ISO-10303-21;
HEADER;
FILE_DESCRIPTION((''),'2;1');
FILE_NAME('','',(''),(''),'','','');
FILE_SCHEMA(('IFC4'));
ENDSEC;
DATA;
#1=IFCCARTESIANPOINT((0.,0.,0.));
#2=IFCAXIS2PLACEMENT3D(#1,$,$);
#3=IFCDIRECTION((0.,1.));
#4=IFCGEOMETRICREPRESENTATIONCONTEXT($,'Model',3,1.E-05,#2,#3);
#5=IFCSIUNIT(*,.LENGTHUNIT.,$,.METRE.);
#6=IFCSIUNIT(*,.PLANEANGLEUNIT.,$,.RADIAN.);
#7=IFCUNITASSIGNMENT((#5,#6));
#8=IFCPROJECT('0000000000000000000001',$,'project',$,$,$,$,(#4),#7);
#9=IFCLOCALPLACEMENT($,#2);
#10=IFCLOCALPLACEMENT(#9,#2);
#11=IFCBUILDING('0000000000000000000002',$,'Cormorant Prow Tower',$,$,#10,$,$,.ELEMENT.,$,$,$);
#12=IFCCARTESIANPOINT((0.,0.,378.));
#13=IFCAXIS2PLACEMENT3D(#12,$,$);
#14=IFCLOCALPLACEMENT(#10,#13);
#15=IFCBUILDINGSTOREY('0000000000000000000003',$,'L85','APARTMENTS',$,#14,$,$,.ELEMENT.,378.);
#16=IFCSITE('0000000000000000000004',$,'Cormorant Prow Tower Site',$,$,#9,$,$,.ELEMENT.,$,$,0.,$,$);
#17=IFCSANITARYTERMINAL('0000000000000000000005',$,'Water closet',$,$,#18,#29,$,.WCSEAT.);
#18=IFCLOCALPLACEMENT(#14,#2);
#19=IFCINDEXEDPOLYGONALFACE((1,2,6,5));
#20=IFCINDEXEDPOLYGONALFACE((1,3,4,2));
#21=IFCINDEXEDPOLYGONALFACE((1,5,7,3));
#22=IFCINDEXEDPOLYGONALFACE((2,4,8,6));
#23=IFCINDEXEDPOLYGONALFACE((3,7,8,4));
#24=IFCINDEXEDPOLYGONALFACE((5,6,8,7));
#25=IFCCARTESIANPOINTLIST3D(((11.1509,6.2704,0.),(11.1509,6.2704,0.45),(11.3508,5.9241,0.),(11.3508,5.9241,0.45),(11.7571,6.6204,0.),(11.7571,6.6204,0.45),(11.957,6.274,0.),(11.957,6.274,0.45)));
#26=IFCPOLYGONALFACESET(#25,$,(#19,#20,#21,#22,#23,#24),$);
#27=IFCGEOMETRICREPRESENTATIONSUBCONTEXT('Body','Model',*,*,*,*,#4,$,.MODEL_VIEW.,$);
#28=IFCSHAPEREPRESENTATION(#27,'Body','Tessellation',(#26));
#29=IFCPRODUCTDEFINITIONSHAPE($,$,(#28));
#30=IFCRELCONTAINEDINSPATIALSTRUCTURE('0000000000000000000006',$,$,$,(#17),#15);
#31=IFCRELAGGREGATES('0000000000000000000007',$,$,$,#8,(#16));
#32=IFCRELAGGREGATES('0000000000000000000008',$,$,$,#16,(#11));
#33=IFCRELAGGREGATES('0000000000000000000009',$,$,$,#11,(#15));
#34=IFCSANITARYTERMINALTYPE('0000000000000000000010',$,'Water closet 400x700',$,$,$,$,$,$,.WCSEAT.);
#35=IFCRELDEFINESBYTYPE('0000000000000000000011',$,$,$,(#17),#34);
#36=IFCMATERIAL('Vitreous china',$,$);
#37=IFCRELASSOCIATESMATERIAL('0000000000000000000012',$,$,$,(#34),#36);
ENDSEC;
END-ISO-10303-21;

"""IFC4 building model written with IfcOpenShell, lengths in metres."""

from ifc_helpers import new_model, si_unit, direction, frame, origin, origin_2d, place, context, subcontext, project, spatial, rectangle, extrude, material, type_object, element, save


model = new_model("IFC4")

# Units and contexts
model_context = context("Model", 3, precision=1e-05, world=origin(), true_north=direction((0.0, 1.0)))
body_context = subcontext(model_context, "Body", "Model", "MODEL_VIEW")
ifc_project = project(units=[si_unit("LENGTHUNIT", "METRE"), si_unit("PLANEANGLEUNIT", "RADIAN")], contexts=[model_context])

# Site, building, storey
site_placement = place(None, origin())
site = spatial("IfcSite", under=ifc_project, at=site_placement, Name="Cormorant Prow Tower Site", CompositionType="ELEMENT", RefElevation=0.0)
building_placement = place(site_placement, origin())
building = spatial("IfcBuilding", under=site, at=building_placement, Name="Cormorant Prow Tower", CompositionType="ELEMENT")
storey_placement = place(building_placement, frame((0.0, 0.0, 378.0)))
storey = spatial("IfcBuildingStorey", under=building, at=storey_placement, Name="L85", Description="APARTMENTS", CompositionType="ELEMENT", Elevation=378.0)

# Sanitary terminal
ifc_material_1 = material(Name="Vitreous china")
sanitary_terminal_type_1 = type_object("IfcSanitaryTerminalType", Name="Water closet 400x700", PredefinedType="WCSEAT", material=ifc_material_1)
for number, where, z_axis, x_axis, name in (
    (1, (11.554, 6.2722, 0.0), (0.0, 0.0, 1.0), (0.5, -0.866025, 0.0), "Water closet"),
):
    element("IfcSanitaryTerminal", number, at=place(storey_placement, frame(where, z_axis=z_axis, x_axis=x_axis)), inside=storey, type_object=sanitary_terminal_type_1, Name=name, PredefinedType="WCSEAT", context=body_context, shape_type="SweptSolid", body=[
        extrude(rectangle(XDim=0.3999, YDim=0.7, at=origin_2d()), origin(), (0.0, 0.0, 1.0), 0.45),
    ])

save(model, "model.ifc")
